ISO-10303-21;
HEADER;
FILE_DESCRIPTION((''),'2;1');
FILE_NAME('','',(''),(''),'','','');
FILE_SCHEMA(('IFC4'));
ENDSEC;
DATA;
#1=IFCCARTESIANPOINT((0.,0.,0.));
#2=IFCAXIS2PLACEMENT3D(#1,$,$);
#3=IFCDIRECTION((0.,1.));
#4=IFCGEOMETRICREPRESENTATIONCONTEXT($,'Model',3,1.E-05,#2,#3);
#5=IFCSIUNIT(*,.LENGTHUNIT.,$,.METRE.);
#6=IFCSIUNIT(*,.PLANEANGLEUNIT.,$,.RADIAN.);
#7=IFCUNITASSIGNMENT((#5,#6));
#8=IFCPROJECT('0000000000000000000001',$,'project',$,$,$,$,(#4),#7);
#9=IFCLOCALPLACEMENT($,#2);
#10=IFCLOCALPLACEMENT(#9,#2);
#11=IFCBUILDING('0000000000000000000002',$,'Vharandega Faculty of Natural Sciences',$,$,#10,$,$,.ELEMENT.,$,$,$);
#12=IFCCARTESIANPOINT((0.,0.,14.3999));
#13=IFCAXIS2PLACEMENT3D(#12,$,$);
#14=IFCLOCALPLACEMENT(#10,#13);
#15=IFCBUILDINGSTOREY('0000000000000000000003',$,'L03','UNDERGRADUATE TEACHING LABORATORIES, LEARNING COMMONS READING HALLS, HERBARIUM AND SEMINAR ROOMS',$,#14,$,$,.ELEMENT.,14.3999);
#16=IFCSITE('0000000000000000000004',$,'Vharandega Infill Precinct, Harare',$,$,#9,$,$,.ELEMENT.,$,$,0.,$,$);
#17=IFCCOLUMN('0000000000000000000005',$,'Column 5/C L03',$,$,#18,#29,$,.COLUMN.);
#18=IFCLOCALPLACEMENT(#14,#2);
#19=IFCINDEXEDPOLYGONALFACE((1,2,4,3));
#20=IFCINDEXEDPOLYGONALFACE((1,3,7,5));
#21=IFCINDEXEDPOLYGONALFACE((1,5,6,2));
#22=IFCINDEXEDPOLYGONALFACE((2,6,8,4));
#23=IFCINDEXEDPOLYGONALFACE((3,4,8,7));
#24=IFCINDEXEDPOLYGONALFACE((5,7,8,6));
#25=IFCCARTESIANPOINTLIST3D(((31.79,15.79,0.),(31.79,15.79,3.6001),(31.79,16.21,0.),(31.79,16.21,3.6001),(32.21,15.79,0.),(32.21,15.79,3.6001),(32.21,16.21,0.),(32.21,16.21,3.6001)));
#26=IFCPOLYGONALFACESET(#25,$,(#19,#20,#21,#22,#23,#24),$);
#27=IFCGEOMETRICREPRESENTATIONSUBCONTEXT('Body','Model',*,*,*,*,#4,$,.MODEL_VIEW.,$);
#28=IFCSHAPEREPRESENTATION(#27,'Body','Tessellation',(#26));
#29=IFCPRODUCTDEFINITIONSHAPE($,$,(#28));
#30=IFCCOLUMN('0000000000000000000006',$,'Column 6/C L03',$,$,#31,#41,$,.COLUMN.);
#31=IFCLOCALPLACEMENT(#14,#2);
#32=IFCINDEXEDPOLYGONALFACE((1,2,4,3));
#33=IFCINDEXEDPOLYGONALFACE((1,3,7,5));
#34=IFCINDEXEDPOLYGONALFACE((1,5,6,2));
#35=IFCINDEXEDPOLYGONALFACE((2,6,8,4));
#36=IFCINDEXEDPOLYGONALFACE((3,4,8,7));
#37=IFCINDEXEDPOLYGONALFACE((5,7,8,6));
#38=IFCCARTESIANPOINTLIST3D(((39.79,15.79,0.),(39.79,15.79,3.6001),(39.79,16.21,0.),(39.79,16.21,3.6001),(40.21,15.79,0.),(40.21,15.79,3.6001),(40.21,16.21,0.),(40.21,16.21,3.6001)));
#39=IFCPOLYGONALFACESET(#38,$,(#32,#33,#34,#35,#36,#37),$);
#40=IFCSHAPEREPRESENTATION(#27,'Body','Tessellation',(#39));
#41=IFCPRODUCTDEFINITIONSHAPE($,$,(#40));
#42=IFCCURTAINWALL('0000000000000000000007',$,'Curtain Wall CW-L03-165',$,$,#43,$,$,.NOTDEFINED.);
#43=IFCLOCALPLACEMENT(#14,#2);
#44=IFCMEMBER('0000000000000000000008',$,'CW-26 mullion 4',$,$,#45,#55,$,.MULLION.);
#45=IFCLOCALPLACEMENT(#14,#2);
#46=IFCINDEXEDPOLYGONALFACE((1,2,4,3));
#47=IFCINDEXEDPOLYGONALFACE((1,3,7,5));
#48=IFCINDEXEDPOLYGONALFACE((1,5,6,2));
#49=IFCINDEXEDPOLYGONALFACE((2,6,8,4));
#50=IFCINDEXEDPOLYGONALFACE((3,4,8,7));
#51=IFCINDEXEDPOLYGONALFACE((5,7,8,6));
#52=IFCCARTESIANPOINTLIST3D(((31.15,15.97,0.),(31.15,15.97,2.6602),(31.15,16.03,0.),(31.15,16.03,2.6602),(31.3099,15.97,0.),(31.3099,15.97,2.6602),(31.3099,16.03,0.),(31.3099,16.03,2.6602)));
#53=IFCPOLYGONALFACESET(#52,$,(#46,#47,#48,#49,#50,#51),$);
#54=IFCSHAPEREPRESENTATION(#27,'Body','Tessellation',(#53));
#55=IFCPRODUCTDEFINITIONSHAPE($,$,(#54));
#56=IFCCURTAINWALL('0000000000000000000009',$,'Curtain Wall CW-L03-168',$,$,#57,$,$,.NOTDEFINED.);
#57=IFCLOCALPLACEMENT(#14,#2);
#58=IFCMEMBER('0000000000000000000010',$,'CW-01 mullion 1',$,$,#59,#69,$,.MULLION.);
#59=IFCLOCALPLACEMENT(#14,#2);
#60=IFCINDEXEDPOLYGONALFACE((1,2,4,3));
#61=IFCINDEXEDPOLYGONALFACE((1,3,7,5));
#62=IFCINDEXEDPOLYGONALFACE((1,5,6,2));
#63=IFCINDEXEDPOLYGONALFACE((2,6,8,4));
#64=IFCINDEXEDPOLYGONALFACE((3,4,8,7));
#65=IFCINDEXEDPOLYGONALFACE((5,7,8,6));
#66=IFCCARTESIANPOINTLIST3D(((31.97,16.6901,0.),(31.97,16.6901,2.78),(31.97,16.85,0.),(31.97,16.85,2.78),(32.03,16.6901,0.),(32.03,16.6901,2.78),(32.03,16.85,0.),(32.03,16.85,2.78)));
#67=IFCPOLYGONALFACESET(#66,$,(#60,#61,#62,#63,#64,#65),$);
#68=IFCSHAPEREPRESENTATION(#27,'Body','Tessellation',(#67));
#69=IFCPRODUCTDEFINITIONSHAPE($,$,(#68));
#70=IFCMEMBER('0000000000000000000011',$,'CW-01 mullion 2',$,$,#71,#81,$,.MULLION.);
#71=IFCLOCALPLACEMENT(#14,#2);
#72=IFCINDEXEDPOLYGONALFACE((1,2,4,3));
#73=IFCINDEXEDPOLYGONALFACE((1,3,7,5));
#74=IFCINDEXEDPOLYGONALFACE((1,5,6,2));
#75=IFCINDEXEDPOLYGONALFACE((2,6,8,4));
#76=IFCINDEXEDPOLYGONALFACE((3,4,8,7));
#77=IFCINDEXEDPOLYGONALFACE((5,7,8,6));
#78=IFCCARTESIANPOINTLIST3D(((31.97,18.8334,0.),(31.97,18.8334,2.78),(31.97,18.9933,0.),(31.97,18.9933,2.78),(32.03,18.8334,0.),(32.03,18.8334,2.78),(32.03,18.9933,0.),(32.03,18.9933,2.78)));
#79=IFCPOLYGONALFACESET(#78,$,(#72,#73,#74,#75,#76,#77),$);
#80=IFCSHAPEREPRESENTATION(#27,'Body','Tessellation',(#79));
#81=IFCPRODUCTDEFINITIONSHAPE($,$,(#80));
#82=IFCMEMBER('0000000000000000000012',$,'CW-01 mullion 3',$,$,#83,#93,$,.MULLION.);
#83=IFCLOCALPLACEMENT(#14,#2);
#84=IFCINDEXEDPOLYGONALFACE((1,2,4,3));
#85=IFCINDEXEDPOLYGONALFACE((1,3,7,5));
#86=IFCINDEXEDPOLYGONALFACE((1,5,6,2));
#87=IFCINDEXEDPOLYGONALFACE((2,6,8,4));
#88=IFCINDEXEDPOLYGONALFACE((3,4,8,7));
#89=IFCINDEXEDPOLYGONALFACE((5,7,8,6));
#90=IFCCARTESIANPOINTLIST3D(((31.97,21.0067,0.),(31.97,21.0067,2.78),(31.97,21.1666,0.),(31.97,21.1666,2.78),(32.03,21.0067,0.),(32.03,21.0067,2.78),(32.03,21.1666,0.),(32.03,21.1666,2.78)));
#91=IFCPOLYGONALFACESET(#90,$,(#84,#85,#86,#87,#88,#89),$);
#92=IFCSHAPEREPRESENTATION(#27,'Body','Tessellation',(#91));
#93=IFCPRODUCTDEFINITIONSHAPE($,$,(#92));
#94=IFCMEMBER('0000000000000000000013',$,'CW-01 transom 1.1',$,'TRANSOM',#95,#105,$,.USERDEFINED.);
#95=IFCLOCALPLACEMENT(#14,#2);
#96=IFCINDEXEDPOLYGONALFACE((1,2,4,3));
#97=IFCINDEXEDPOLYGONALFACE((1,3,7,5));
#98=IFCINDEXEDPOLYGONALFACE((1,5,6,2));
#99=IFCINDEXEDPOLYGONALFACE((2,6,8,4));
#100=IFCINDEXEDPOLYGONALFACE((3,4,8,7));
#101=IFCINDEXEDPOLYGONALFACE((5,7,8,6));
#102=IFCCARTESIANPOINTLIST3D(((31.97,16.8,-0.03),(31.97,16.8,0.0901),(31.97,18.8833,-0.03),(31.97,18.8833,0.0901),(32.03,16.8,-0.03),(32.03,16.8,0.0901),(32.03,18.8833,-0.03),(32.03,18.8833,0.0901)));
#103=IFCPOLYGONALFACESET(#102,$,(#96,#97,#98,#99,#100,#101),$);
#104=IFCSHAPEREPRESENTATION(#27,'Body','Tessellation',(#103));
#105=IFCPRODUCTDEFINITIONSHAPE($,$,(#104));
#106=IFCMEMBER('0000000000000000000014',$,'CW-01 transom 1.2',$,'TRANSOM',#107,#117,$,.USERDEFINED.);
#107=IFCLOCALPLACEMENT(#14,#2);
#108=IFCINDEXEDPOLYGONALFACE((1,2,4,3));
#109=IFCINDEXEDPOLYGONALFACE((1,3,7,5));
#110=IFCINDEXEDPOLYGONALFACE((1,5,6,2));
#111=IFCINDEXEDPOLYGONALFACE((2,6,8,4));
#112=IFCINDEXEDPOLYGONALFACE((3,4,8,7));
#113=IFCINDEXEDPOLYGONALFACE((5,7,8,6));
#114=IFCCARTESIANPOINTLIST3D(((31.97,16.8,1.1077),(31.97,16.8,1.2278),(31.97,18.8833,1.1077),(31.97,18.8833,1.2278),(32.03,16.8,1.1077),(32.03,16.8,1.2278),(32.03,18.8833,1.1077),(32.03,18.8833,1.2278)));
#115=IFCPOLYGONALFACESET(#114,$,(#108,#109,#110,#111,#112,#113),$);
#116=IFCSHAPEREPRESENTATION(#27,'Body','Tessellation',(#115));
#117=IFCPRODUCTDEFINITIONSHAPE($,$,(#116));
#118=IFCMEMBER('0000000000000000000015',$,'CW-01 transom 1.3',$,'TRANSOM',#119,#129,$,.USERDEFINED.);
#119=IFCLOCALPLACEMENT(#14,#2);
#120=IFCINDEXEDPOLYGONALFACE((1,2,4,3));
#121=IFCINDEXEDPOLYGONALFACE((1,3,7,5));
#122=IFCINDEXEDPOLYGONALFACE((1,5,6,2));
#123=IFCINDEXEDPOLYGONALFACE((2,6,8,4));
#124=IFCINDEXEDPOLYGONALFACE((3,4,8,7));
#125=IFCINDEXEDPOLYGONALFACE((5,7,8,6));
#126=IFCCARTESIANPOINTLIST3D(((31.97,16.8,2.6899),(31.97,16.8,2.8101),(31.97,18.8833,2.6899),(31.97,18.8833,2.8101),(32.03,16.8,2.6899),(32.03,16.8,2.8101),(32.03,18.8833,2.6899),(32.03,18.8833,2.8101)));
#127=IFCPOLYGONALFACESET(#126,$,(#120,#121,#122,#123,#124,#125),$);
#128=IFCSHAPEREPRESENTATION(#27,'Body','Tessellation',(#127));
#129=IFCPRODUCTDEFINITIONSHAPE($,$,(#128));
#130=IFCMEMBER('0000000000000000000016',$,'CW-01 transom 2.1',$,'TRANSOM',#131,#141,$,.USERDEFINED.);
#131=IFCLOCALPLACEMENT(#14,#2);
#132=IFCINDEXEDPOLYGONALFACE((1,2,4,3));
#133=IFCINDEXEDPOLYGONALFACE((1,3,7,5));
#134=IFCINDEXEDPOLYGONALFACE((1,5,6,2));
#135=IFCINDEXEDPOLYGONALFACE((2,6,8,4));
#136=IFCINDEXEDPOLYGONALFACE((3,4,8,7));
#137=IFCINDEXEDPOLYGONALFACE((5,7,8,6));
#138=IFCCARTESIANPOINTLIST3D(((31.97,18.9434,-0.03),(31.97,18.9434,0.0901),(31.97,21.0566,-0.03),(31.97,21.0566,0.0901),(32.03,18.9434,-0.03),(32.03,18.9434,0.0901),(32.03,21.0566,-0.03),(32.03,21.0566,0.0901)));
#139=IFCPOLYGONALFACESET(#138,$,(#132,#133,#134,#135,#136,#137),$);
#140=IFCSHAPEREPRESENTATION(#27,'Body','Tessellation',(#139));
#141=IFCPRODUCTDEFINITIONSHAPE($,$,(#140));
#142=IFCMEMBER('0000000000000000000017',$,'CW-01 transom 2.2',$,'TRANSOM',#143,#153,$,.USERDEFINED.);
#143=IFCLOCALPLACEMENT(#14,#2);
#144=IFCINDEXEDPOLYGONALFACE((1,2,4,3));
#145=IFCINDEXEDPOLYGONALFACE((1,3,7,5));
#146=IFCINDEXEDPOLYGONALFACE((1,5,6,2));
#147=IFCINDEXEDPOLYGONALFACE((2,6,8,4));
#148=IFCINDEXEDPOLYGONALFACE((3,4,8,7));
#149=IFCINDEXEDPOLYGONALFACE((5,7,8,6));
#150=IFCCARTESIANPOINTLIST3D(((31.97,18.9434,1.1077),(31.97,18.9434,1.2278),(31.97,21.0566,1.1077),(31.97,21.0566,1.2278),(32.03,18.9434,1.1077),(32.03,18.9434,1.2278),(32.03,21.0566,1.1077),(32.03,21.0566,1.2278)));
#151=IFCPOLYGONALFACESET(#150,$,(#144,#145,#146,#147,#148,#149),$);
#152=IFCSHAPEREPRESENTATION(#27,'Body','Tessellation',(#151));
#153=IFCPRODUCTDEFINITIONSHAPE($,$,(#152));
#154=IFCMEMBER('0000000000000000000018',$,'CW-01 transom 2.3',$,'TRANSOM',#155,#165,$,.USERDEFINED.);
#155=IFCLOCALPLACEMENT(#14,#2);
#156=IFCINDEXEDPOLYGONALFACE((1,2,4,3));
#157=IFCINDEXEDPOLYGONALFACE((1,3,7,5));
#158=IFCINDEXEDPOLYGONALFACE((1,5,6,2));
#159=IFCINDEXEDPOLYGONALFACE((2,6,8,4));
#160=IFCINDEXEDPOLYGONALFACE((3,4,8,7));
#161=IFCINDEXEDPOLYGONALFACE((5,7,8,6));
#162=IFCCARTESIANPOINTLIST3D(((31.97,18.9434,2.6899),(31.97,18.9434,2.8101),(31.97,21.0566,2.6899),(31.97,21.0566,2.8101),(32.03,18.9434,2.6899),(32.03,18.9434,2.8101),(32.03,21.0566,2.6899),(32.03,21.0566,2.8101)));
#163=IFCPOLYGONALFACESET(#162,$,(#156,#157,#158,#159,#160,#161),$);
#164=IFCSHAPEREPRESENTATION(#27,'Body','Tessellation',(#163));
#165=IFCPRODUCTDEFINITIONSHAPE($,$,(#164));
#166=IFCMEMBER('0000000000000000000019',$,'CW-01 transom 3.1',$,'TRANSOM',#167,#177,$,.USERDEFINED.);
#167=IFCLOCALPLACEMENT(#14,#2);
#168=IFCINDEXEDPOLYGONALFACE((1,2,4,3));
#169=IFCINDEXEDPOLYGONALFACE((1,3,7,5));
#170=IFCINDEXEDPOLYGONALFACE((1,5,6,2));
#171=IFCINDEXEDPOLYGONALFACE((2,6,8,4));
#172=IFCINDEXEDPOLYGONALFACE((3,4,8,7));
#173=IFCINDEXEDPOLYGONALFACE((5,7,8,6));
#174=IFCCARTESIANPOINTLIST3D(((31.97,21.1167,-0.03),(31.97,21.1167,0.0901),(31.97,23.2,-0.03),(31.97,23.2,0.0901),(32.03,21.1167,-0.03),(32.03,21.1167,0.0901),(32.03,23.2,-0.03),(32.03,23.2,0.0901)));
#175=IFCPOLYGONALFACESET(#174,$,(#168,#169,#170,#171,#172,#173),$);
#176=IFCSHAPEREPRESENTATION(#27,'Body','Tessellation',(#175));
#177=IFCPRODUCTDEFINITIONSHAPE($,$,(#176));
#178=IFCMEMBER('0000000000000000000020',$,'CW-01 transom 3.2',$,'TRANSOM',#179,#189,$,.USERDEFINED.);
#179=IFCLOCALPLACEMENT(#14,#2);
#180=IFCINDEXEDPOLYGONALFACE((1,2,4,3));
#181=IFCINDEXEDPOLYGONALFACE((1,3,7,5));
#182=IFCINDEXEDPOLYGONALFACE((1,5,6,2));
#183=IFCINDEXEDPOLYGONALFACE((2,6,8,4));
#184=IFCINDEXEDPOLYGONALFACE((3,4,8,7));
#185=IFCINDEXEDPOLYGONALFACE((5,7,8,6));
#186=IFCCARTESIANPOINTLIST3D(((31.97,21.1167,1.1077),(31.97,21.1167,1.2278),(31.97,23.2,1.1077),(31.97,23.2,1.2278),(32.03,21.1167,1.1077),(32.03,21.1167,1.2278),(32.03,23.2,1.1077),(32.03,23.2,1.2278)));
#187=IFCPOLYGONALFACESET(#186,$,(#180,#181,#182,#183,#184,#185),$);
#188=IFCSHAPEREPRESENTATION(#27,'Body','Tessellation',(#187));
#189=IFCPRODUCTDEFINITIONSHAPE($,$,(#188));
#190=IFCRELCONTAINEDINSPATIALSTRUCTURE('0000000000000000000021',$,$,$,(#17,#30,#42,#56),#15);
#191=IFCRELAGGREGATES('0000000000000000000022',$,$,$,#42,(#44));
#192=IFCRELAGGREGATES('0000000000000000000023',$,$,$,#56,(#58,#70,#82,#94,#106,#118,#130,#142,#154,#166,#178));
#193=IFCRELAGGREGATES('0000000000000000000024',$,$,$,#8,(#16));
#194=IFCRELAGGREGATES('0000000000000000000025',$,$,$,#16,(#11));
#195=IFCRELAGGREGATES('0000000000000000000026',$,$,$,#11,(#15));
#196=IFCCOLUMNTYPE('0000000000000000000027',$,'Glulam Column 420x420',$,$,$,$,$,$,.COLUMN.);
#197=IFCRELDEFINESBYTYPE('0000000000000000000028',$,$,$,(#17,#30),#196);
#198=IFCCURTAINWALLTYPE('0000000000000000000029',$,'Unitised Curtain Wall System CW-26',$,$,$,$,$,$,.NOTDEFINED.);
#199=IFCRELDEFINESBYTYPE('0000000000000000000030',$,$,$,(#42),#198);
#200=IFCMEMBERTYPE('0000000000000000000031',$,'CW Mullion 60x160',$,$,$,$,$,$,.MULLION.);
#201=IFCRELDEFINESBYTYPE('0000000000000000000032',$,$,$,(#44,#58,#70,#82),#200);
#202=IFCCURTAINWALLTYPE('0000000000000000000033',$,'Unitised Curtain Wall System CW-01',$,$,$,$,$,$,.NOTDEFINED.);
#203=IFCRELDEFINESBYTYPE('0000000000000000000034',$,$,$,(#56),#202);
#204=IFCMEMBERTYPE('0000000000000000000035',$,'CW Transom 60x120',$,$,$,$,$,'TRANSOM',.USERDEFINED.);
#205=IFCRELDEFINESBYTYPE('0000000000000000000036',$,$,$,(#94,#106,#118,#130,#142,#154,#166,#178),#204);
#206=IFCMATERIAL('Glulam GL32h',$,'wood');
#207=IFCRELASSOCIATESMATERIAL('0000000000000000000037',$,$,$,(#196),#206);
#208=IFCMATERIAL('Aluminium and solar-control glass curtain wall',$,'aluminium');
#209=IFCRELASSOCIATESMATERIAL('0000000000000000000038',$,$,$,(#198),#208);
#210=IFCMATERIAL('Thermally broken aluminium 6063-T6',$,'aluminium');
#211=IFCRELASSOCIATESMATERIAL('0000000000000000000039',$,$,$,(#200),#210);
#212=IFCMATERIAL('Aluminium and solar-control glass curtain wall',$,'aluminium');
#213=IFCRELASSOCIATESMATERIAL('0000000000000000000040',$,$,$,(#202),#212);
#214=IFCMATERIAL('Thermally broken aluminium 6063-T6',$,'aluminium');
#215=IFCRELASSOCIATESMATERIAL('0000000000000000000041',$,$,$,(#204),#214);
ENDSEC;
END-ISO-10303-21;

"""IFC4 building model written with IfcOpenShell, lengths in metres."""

from ifc_helpers import new_model, si_unit, direction, frame, origin, origin_2d, place, context, subcontext, project, spatial, rectangle, extrude, material, material_profile, profile_set, type_object, element, aggregate, save


model = new_model("IFC4")

# Units and contexts
model_context = context("Model", 3, precision=1e-05, world=origin(), true_north=direction((0.0, 1.0)))
body_context = subcontext(model_context, "Body", "Model", "MODEL_VIEW")
ifc_project = project(units=[si_unit("LENGTHUNIT", "METRE"), si_unit("PLANEANGLEUNIT", "RADIAN")], contexts=[model_context])

# Site, building, storey
site_placement = place(None, origin())
site = spatial("IfcSite", under=ifc_project, at=site_placement, Name="Vharandega Infill Precinct, Harare", CompositionType="ELEMENT", RefElevation=0.0)
building_placement = place(site_placement, origin())
building = spatial("IfcBuilding", under=site, at=building_placement, Name="Vharandega Faculty of Natural Sciences", CompositionType="ELEMENT")
storey_placement = place(building_placement, frame((0.0, 0.0, 14.3999)))
storey = spatial("IfcBuildingStorey", under=building, at=storey_placement, Name="L03", Description="UNDERGRADUATE TEACHING LABORATORIES, LEARNING COMMONS READING HALLS, HERBARIUM AND SEMINAR ROOMS", CompositionType="ELEMENT", Elevation=14.3999)

# Columns
ifc_material_1 = material(Name="Glulam GL32h", Category="wood")
ifc_material_profile_1 = material_profile(ifc_material_1, rectangle(XDim=0.4199, YDim=0.4199, at=origin_2d()), Name="GL32h 420x420")
ifc_profile_set_1 = profile_set([ifc_material_profile_1], Name="Glulam GL32h")
column_type = type_object("IfcColumnType", Name="Glulam Column 420x420", PredefinedType="COLUMN", material=ifc_profile_set_1)
for number, where, z_axis, x_axis, name in (
    (1, (32.0, 16.0, 0.0), (0.0, 0.0, 1.0), (1.0, 0.0, 0.0), "Column 5/C L03"),
    (2, (40.0, 16.0, 0.0), (0.0, 0.0, 1.0), (1.0, 0.0, 0.0), "Column 6/C L03"),
):
    element("IfcColumn", number, at=place(storey_placement, frame(where, z_axis=z_axis, x_axis=x_axis)), inside=storey, type_object=column_type, Name=name, PredefinedType="COLUMN", context=body_context, shape_type="SweptSolid", body=[
        extrude(rectangle(XDim=0.4199, YDim=0.4199, at=origin_2d()), origin(), (0.0, 0.0, 1.0), 3.6001),
    ])

# Curtain wall, member
ifc_material_2 = material(Name="Aluminium and solar-control glass curtain wall", Category="aluminium")
curtain_wall_type_1 = type_object("IfcCurtainWallType", Name="Unitised Curtain Wall System CW-26", PredefinedType="NOTDEFINED", material=ifc_material_2)
curtain_wall_1_placement = place(storey_placement, origin())
curtain_wall_1 = element("IfcCurtainWall", 3, at=curtain_wall_1_placement, inside=storey, type_object=curtain_wall_type_1, Name="Curtain Wall CW-L03-165", PredefinedType="NOTDEFINED")
ifc_material_3 = material(Name="Thermally broken aluminium 6063-T6", Category="aluminium")
ifc_material_profile_2 = material_profile(ifc_material_3, rectangle(XDim=0.0601, YDim=0.1599, at=origin_2d()), Name="ALU 60x160")
ifc_profile_set_2 = profile_set([ifc_material_profile_2], Name="Thermally broken aluminium 6063-T6")
member_type_1 = type_object("IfcMemberType", Name="CW Mullion 60x160", PredefinedType="MULLION", material=ifc_profile_set_2)
member_1_placement = place(storey_placement, frame((31.23, 16.0, 0.0), z_axis=(0.0, 0.0, 1.0), x_axis=(0.0, 1.0, 0.0)))
member_1 = element("IfcMember", 4, at=member_1_placement, type_object=member_type_1, Name="CW-26 mullion 4", PredefinedType="MULLION", context=body_context, shape_type="SweptSolid", body=[
    extrude(rectangle(XDim=0.0601, YDim=0.1599, at=origin_2d()), origin(), (0.0, 0.0, 1.0), 2.6602),
])
aggregate(curtain_wall_1, [member_1])

# Curtain wall, members
ifc_material_4 = material(Name="Aluminium and solar-control glass curtain wall", Category="aluminium")
curtain_wall_type_2 = type_object("IfcCurtainWallType", Name="Unitised Curtain Wall System CW-01", PredefinedType="NOTDEFINED", material=ifc_material_4)
curtain_wall_2_placement = place(storey_placement, origin())
curtain_wall_2 = element("IfcCurtainWall", 5, at=curtain_wall_2_placement, inside=storey, type_object=curtain_wall_type_2, Name="Curtain Wall CW-L03-168", PredefinedType="NOTDEFINED")
member_2_placement = place(storey_placement, frame((32.0, 16.77, 0.0), z_axis=(0.0, 0.0, 1.0), x_axis=(-1.0, 0.0, 0.0)))
member_2 = element("IfcMember", 6, at=member_2_placement, type_object=member_type_1, Name="CW-01 mullion 1", PredefinedType="MULLION", context=body_context, shape_type="SweptSolid", body=[
    extrude(rectangle(XDim=0.0601, YDim=0.1599, at=origin_2d()), origin(), (0.0, 0.0, 1.0), 2.78),
])
member_3_placement = place(storey_placement, frame((32.0, 18.9133, 0.0), z_axis=(0.0, 0.0, 1.0), x_axis=(-1.0, 0.0, 0.0)))
member_3 = element("IfcMember", 7, at=member_3_placement, type_object=member_type_1, Name="CW-01 mullion 2", PredefinedType="MULLION", context=body_context, shape_type="SweptSolid", body=[
    extrude(rectangle(XDim=0.0601, YDim=0.1599, at=origin_2d()), origin(), (0.0, 0.0, 1.0), 2.78),
])
member_4_placement = place(storey_placement, frame((32.0, 21.0867, 0.0), z_axis=(0.0, 0.0, 1.0), x_axis=(-1.0, 0.0, 0.0)))
member_4 = element("IfcMember", 8, at=member_4_placement, type_object=member_type_1, Name="CW-01 mullion 3", PredefinedType="MULLION", context=body_context, shape_type="SweptSolid", body=[
    extrude(rectangle(XDim=0.0601, YDim=0.1599, at=origin_2d()), origin(), (0.0, 0.0, 1.0), 2.78),
])
ifc_material_5 = material(Name="Thermally broken aluminium 6063-T6", Category="aluminium")
ifc_material_profile_3 = material_profile(ifc_material_5, rectangle(XDim=0.0601, YDim=0.1201, at=origin_2d()), Name="ALU 60x120")
ifc_profile_set_3 = profile_set([ifc_material_profile_3], Name="Thermally broken aluminium 6063-T6")
member_type_2 = type_object("IfcMemberType", Name="CW Transom 60x120", ElementType="TRANSOM", PredefinedType="USERDEFINED", material=ifc_profile_set_3)
member_5_placement = place(storey_placement, frame((32.0, 16.8, 0.03), z_axis=(0.0, 1.0, 0.0), x_axis=(-1.0, 0.0, 0.0)))
member_5 = element("IfcMember", 9, at=member_5_placement, type_object=member_type_2, Name="CW-01 transom 1.1", ObjectType="TRANSOM", PredefinedType="USERDEFINED", context=body_context, shape_type="SweptSolid", body=[
    extrude(rectangle(XDim=0.0601, YDim=0.1201, at=origin_2d()), origin(), (0.0, 0.0, 1.0), 2.0833),
])
member_6_placement = place(storey_placement, frame((32.0, 16.8, 1.1677), z_axis=(0.0, 1.0, 0.0), x_axis=(-1.0, 0.0, 0.0)))
member_6 = element("IfcMember", 10, at=member_6_placement, type_object=member_type_2, Name="CW-01 transom 1.2", ObjectType="TRANSOM", PredefinedType="USERDEFINED", context=body_context, shape_type="SweptSolid", body=[
    extrude(rectangle(XDim=0.0601, YDim=0.1201, at=origin_2d()), origin(), (0.0, 0.0, 1.0), 2.0833),
])
member_7_placement = place(storey_placement, frame((32.0, 16.8, 2.75), z_axis=(0.0, 1.0, 0.0), x_axis=(-1.0, 0.0, 0.0)))
member_7 = element("IfcMember", 11, at=member_7_placement, type_object=member_type_2, Name="CW-01 transom 1.3", ObjectType="TRANSOM", PredefinedType="USERDEFINED", context=body_context, shape_type="SweptSolid", body=[
    extrude(rectangle(XDim=0.0601, YDim=0.1201, at=origin_2d()), origin(), (0.0, 0.0, 1.0), 2.0833),
])
member_8_placement = place(storey_placement, frame((32.0, 18.9434, 0.03), z_axis=(0.0, 1.0, 0.0), x_axis=(-1.0, 0.0, 0.0)))
member_8 = element("IfcMember", 12, at=member_8_placement, type_object=member_type_2, Name="CW-01 transom 2.1", ObjectType="TRANSOM", PredefinedType="USERDEFINED", context=body_context, shape_type="SweptSolid", body=[
    extrude(rectangle(XDim=0.0601, YDim=0.1201, at=origin_2d()), origin(), (0.0, 0.0, 1.0), 2.1133),
])
member_9_placement = place(storey_placement, frame((32.0, 18.9434, 1.1677), z_axis=(0.0, 1.0, 0.0), x_axis=(-1.0, 0.0, 0.0)))
member_9 = element("IfcMember", 13, at=member_9_placement, type_object=member_type_2, Name="CW-01 transom 2.2", ObjectType="TRANSOM", PredefinedType="USERDEFINED", context=body_context, shape_type="SweptSolid", body=[
    extrude(rectangle(XDim=0.0601, YDim=0.1201, at=origin_2d()), origin(), (0.0, 0.0, 1.0), 2.1133),
])
member_10_placement = place(storey_placement, frame((32.0, 18.9434, 2.75), z_axis=(0.0, 1.0, 0.0), x_axis=(-1.0, 0.0, 0.0)))
member_10 = element("IfcMember", 14, at=member_10_placement, type_object=member_type_2, Name="CW-01 transom 2.3", ObjectType="TRANSOM", PredefinedType="USERDEFINED", context=body_context, shape_type="SweptSolid", body=[
    extrude(rectangle(XDim=0.0601, YDim=0.1201, at=origin_2d()), origin(), (0.0, 0.0, 1.0), 2.1133),
])
member_11_placement = place(storey_placement, frame((32.0, 21.1167, 0.03), z_axis=(0.0, 1.0, 0.0), x_axis=(-1.0, 0.0, 0.0)))
member_11 = element("IfcMember", 15, at=member_11_placement, type_object=member_type_2, Name="CW-01 transom 3.1", ObjectType="TRANSOM", PredefinedType="USERDEFINED", context=body_context, shape_type="SweptSolid", body=[
    extrude(rectangle(XDim=0.0601, YDim=0.1201, at=origin_2d()), origin(), (0.0, 0.0, 1.0), 2.0833),
])
member_12_placement = place(storey_placement, frame((32.0, 21.1167, 1.1677), z_axis=(0.0, 1.0, 0.0), x_axis=(-1.0, 0.0, 0.0)))
member_12 = element("IfcMember", 16, at=member_12_placement, type_object=member_type_2, Name="CW-01 transom 3.2", ObjectType="TRANSOM", PredefinedType="USERDEFINED", context=body_context, shape_type="SweptSolid", body=[
    extrude(rectangle(XDim=0.0601, YDim=0.1201, at=origin_2d()), origin(), (0.0, 0.0, 1.0), 2.0833),
])

aggregate(curtain_wall_2, [member_2, member_3, member_4, member_5, member_6, member_7, member_8, member_9, member_10, member_11, member_12])

save(model, "model.ifc")
